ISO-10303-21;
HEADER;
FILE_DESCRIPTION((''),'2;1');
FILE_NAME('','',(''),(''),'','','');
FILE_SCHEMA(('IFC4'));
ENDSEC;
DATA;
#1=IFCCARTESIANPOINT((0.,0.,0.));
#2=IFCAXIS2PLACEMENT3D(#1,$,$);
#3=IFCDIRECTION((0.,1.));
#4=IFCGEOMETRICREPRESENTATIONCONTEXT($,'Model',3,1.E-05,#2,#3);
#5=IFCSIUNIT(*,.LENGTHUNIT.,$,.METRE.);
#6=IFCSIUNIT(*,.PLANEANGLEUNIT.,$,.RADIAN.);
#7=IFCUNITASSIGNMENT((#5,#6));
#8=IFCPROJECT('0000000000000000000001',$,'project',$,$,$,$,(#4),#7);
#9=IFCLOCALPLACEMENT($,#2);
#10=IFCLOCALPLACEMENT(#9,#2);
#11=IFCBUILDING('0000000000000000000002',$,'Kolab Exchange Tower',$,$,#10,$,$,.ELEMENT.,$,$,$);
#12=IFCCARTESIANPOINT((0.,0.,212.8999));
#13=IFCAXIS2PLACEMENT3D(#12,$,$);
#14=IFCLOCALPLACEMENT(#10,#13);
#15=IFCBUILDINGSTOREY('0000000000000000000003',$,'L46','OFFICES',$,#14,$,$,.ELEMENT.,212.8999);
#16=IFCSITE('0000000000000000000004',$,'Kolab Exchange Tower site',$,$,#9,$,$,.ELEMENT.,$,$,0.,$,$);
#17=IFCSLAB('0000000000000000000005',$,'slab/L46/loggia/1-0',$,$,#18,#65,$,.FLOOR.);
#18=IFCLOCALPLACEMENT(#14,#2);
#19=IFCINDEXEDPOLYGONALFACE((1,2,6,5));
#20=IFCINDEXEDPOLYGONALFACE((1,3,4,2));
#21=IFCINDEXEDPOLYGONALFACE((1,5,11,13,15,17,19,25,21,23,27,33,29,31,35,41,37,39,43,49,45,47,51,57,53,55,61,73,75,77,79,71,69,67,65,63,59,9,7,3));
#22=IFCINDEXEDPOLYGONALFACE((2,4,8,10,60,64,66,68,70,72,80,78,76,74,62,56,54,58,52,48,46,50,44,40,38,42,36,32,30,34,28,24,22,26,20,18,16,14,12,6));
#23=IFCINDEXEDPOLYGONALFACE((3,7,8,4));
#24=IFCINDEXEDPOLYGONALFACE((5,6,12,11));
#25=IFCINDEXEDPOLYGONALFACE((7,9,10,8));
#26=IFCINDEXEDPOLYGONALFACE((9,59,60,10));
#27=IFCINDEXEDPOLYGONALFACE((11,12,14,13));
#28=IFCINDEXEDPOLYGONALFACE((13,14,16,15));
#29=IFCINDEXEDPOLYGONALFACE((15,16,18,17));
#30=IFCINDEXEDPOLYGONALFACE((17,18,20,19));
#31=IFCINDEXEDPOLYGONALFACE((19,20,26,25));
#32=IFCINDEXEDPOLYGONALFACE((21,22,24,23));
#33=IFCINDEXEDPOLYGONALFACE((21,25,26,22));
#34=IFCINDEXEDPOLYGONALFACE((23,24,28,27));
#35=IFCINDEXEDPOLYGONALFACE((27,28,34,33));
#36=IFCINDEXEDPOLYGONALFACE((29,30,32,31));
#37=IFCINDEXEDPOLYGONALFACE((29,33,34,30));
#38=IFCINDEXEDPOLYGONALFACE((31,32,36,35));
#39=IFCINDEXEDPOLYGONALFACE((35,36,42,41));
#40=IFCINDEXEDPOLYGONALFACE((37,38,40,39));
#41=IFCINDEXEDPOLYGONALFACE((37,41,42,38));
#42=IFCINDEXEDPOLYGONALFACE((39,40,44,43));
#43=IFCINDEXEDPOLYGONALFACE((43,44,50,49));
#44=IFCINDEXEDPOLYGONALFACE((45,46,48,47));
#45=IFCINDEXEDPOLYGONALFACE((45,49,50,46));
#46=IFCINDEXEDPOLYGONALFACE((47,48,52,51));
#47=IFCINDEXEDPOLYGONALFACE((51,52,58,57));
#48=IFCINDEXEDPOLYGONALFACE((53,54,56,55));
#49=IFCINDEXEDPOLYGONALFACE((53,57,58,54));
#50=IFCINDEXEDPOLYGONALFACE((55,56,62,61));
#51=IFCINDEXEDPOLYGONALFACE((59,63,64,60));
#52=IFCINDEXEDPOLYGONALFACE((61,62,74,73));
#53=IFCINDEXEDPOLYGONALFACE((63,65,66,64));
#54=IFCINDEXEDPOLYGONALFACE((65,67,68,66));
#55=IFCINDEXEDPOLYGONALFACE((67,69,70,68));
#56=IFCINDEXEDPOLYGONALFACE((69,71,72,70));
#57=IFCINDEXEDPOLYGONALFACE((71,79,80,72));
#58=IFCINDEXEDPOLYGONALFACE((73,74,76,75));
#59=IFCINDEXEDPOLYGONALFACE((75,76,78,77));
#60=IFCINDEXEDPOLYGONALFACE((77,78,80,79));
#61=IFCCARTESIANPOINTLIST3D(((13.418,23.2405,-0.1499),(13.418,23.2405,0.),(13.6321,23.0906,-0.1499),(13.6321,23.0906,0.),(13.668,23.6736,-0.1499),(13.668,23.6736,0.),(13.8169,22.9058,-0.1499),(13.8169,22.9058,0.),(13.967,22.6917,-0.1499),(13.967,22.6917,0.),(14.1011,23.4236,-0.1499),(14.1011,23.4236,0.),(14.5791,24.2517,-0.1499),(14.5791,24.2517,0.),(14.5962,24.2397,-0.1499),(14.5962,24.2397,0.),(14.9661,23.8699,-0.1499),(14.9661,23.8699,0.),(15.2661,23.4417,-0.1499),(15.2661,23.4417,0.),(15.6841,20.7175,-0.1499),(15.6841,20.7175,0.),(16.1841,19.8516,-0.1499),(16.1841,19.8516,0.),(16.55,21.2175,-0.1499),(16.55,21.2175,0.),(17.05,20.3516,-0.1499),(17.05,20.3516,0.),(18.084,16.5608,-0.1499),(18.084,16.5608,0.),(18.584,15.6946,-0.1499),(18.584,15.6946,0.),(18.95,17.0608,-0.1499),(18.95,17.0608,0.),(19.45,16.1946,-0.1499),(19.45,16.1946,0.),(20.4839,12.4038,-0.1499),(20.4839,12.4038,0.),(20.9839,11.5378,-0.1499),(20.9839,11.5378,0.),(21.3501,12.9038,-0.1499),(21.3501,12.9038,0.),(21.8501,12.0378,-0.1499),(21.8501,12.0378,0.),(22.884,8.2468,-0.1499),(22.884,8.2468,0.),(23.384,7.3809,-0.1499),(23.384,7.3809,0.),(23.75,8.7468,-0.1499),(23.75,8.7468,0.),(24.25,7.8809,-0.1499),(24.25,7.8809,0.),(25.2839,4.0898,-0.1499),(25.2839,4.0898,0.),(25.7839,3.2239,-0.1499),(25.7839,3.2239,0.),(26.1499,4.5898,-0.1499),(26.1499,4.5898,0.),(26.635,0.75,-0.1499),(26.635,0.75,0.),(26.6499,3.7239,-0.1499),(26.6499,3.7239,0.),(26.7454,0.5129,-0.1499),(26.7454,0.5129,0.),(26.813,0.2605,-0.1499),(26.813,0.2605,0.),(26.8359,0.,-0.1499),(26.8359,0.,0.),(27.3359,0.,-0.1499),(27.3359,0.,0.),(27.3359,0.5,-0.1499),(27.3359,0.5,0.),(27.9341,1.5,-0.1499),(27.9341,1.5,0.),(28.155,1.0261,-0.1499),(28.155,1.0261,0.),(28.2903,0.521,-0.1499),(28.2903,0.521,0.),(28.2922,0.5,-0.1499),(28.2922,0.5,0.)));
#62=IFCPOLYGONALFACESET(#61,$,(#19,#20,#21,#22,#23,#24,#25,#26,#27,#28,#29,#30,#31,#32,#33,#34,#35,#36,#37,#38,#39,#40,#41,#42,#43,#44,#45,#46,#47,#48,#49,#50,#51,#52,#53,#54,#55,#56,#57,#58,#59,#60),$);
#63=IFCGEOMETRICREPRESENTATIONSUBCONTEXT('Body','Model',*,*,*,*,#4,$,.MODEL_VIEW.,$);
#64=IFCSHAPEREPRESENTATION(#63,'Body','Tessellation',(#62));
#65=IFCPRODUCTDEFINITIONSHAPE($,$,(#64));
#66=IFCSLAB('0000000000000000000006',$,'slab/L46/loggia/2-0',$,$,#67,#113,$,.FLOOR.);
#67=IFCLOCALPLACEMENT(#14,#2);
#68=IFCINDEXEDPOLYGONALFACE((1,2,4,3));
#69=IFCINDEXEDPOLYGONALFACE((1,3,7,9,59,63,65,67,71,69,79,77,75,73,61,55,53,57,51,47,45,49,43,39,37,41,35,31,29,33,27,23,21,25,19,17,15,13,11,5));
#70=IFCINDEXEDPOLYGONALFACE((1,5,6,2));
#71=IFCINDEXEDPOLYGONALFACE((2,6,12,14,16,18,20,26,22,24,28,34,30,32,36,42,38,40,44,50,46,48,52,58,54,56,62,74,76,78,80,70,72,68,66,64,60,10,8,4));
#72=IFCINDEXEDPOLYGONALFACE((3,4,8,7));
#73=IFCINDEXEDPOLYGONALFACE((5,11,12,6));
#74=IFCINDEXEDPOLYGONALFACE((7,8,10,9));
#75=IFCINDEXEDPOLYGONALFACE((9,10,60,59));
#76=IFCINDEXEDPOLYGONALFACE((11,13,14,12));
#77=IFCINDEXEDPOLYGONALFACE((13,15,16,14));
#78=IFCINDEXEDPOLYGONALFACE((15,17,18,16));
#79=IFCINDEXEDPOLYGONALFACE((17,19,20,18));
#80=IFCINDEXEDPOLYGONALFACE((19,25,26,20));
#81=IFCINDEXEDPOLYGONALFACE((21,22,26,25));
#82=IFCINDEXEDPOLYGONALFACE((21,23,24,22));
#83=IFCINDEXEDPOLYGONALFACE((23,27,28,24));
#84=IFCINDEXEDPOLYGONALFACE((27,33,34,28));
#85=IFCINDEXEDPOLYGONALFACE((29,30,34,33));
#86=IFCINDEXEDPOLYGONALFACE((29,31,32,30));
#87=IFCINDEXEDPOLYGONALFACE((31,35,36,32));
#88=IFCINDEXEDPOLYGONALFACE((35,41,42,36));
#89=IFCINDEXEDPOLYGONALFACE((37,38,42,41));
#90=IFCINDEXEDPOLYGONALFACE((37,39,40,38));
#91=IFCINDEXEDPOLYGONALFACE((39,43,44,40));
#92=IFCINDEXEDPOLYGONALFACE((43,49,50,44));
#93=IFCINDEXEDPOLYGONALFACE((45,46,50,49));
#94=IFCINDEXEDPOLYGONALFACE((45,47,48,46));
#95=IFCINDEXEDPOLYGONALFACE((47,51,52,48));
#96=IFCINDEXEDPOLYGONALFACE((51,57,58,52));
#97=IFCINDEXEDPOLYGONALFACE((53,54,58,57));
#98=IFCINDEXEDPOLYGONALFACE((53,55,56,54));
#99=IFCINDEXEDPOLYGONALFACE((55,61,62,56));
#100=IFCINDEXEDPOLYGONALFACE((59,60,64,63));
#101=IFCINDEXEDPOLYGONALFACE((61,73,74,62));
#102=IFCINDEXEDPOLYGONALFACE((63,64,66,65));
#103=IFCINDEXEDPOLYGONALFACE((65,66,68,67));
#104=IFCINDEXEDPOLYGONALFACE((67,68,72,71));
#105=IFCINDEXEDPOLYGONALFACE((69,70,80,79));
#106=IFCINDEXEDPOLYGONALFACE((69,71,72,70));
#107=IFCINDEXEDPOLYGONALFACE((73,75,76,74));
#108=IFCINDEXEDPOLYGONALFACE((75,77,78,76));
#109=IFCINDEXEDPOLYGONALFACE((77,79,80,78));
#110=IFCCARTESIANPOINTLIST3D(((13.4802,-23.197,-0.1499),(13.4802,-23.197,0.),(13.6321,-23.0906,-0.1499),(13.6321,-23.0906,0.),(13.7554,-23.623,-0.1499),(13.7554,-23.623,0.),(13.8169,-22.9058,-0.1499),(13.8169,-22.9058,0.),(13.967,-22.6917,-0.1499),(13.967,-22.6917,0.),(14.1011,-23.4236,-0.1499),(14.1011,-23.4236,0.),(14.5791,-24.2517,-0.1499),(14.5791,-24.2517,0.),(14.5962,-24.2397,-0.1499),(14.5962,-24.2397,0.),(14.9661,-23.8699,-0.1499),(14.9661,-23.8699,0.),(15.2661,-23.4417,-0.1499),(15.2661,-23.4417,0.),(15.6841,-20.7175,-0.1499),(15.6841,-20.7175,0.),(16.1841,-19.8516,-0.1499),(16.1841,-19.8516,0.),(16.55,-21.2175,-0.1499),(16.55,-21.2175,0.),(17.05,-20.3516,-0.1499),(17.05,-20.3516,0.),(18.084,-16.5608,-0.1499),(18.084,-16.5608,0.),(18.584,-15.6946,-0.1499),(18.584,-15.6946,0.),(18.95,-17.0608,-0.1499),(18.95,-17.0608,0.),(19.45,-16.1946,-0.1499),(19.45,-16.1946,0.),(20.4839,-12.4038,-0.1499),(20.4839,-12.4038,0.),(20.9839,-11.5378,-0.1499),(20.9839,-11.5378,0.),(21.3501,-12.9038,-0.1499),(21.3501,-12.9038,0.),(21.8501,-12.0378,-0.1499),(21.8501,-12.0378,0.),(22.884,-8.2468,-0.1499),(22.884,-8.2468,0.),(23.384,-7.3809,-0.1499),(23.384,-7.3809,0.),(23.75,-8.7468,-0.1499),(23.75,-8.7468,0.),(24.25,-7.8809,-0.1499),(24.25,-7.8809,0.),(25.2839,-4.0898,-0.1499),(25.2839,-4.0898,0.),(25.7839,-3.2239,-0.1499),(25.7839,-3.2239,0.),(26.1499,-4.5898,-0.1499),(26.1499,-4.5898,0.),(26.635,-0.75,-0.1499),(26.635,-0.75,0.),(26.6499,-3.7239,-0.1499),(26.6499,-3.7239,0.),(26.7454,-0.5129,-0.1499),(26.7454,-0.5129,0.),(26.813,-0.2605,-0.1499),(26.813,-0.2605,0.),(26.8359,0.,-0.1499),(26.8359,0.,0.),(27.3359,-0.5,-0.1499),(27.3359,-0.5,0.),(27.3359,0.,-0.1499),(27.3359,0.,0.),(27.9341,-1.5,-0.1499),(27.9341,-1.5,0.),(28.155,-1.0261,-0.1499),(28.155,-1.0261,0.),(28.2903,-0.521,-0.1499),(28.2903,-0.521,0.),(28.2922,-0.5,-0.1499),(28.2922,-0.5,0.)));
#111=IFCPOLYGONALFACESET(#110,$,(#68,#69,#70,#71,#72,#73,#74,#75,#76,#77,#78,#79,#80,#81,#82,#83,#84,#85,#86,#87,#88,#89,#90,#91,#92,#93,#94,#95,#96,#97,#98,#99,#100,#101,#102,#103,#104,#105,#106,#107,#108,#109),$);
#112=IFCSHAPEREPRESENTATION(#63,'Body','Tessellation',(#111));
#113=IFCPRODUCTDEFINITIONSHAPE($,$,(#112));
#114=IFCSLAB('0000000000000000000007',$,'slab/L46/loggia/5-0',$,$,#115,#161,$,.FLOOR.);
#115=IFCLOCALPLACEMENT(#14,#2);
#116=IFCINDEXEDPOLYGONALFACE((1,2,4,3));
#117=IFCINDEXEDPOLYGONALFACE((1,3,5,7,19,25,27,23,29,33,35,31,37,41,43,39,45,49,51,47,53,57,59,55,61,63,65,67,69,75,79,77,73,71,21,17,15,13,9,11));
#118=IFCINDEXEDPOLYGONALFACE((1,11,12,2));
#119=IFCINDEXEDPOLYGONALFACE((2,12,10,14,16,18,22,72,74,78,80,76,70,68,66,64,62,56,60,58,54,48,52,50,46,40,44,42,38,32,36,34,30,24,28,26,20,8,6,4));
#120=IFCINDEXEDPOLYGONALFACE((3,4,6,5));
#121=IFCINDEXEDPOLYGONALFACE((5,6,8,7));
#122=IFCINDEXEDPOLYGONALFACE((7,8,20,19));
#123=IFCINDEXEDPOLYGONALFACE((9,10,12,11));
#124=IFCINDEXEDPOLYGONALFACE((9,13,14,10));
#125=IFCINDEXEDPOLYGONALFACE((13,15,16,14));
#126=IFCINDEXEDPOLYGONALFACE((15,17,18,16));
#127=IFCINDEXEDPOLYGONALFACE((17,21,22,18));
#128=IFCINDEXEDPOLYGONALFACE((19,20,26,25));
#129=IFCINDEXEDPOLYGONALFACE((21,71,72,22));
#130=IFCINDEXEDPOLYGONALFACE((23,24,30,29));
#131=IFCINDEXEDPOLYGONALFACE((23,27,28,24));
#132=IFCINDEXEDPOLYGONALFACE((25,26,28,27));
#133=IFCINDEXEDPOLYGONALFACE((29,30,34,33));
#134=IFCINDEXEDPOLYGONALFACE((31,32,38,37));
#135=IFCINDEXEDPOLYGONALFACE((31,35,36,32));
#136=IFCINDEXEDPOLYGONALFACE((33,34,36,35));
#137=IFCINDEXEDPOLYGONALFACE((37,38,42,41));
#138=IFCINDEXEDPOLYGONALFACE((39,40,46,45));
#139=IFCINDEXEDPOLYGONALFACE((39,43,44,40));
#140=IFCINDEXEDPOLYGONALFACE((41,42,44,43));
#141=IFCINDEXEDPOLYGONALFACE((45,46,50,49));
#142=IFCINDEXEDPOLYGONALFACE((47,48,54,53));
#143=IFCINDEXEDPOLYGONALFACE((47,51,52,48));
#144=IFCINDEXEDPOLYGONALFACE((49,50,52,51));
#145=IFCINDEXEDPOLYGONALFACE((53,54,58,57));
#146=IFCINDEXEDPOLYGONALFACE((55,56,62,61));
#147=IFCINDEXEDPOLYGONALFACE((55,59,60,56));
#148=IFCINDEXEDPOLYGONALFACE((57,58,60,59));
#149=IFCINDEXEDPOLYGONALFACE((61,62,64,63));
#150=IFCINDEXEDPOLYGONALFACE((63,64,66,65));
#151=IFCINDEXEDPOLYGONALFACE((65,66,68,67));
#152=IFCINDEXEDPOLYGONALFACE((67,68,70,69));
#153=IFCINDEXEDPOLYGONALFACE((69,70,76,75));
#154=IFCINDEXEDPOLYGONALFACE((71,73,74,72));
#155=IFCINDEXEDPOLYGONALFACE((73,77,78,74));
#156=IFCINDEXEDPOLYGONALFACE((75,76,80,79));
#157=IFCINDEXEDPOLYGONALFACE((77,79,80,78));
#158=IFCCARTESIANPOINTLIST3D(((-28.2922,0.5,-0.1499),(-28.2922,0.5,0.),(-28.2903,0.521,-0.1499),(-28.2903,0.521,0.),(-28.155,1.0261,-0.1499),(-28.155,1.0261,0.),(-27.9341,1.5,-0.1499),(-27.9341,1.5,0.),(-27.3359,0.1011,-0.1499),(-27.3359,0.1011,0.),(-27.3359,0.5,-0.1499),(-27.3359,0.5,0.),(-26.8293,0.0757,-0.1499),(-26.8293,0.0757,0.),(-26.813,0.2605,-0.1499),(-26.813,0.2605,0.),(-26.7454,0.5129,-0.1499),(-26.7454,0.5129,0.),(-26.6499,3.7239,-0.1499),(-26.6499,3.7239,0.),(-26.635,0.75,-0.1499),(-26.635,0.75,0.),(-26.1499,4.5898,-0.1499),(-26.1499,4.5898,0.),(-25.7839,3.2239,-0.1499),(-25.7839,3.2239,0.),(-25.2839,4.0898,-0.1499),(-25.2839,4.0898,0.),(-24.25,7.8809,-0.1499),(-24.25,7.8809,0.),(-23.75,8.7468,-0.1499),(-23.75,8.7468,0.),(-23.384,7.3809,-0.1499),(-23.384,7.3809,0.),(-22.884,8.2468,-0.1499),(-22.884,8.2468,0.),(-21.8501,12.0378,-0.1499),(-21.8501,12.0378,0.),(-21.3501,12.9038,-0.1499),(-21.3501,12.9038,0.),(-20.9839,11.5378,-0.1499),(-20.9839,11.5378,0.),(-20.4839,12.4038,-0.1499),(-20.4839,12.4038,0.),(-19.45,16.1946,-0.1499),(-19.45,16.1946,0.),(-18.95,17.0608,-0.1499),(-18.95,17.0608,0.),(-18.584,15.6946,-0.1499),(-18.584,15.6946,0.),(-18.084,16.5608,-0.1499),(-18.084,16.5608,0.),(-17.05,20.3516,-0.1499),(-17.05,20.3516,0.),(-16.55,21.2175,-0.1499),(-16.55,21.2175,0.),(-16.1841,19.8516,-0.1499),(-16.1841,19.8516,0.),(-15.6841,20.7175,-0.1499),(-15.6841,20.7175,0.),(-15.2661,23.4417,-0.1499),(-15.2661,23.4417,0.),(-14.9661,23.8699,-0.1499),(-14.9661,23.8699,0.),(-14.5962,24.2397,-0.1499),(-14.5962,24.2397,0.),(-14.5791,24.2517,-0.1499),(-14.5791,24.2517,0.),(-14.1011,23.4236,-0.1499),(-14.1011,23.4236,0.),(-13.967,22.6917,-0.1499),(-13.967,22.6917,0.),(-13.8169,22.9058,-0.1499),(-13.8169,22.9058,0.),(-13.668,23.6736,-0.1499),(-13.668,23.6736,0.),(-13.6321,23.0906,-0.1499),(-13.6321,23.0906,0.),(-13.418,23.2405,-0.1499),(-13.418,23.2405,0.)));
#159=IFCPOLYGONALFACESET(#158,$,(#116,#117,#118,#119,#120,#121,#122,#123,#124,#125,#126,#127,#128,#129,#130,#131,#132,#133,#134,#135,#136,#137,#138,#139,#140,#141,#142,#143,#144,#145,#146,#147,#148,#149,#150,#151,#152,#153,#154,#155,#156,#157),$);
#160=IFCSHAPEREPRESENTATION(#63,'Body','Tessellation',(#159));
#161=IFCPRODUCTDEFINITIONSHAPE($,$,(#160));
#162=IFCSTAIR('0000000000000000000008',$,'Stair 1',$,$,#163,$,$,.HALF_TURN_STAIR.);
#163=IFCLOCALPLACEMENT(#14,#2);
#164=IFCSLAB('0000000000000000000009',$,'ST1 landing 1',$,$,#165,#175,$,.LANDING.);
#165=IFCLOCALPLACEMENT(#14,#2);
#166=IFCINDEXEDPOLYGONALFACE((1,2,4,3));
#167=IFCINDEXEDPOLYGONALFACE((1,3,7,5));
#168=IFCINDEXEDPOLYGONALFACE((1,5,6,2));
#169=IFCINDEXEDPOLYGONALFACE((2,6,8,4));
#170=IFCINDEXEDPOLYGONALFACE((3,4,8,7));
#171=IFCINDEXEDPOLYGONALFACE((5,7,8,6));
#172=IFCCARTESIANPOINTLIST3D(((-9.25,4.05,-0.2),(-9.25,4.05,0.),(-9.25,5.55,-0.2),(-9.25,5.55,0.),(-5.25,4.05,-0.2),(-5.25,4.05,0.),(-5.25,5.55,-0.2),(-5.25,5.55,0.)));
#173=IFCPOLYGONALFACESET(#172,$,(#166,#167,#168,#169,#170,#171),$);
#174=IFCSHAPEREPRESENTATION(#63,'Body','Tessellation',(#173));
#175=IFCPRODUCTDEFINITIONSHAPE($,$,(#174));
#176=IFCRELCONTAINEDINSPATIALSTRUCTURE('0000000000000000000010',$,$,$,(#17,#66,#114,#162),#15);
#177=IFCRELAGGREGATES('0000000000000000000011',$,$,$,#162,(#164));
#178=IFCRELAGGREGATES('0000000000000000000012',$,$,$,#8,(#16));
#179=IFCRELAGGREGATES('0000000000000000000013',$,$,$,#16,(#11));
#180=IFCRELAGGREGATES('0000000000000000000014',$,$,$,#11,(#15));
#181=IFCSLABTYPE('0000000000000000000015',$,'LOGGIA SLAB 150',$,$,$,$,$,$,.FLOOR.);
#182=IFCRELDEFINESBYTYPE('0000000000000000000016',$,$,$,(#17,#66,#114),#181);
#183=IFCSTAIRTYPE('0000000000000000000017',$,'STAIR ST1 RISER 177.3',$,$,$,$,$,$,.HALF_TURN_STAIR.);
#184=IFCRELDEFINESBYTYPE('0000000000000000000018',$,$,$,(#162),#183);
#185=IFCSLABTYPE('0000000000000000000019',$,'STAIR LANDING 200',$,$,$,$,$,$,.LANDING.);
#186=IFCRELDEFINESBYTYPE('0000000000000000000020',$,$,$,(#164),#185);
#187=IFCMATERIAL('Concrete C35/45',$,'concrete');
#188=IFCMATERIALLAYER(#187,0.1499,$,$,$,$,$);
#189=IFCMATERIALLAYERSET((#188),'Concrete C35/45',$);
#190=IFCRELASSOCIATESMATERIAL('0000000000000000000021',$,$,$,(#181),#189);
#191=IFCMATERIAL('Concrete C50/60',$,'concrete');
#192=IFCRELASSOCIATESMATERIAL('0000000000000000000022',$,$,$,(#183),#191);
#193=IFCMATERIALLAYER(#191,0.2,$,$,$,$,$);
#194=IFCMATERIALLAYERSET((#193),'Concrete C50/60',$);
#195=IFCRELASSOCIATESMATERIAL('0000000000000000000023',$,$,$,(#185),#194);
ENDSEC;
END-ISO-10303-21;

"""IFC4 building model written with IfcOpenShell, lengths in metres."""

from ifc_helpers import new_model, si_unit, direction, frame, origin, place, context, subcontext, project, spatial, polyline, outline, extrude, material, layer, layer_set, type_object, element, aggregate, save


model = new_model("IFC4")

# Units and contexts
model_context = context("Model", 3, precision=1e-05, world=origin(), true_north=direction((0.0, 1.0)))
body_context = subcontext(model_context, "Body", "Model", "MODEL_VIEW")
ifc_project = project(units=[si_unit("LENGTHUNIT", "METRE"), si_unit("PLANEANGLEUNIT", "RADIAN")], contexts=[model_context])

# Site, building, storey
site_placement = place(None, origin())
site = spatial("IfcSite", under=ifc_project, at=site_placement, Name="Kolab Exchange Tower site", CompositionType="ELEMENT", RefElevation=0.0)
building_placement = place(site_placement, origin())
building = spatial("IfcBuilding", under=site, at=building_placement, Name="Kolab Exchange Tower", CompositionType="ELEMENT")
storey_placement = place(building_placement, frame((0.0, 0.0, 212.8999)))
storey = spatial("IfcBuildingStorey", under=building, at=storey_placement, Name="L46", Description="OFFICES", CompositionType="ELEMENT", Elevation=212.8999)

# Slabs
ifc_material_1 = material(Name="Concrete C35/45", Category="concrete")
ifc_layer_1 = layer(ifc_material_1, 0.1499)
ifc_layer_set_1 = layer_set([ifc_layer_1], Name="Concrete C35/45")
slab_type_1 = type_object("IfcSlabType", Name="LOGGIA SLAB 150", PredefinedType="FLOOR", material=ifc_layer_set_1)
slab_1_placement = place(storey_placement, frame((0.0, 0.0, -0.1499)))
element("IfcSlab", 1, at=slab_1_placement, inside=storey, type_object=slab_type_1, Name="slab/L46/loggia/1-0", PredefinedType="FLOOR", context=body_context, shape_type="SweptSolid", body=[
    extrude(outline(polyline([(26.813, 0.2605), (26.8359, 0.0), (27.3359, 0.0), (27.3359, 0.5), (28.2922, 0.5), (28.2903, 0.521), (28.155, 1.0261), (27.9341, 1.5), (26.6499, 3.7239), (25.7839, 3.2239), (25.2839, 4.0898), (26.1499, 4.5898), (24.25, 7.8809), (23.384, 7.3809), (22.884, 8.2468), (23.75, 8.7468), (21.8501, 12.0378), (20.9839, 11.5378), (20.4839, 12.4038), (21.3501, 12.9038), (19.45, 16.1946), (18.584, 15.6946), (18.084, 16.5608), (18.95, 17.0608), (17.05, 20.3516), (16.1841, 19.8516), (15.6841, 20.7175), (16.55, 21.2175), (15.2661, 23.4417), (14.9661, 23.8699), (14.5962, 24.2397), (14.5791, 24.2517), (14.1011, 23.4236), (13.668, 23.6736), (13.418, 23.2405), (13.6321, 23.0906), (13.8169, 22.9058), (13.967, 22.6917), (26.635, 0.75), (26.7454, 0.5129), (26.813, 0.2605)])), origin(), (0.0, 0.0, 1.0), 0.1499),
])
slab_2_placement = place(storey_placement, frame((0.0, 0.0, -0.1499)))
element("IfcSlab", 2, at=slab_2_placement, inside=storey, type_object=slab_type_1, Name="slab/L46/loggia/2-0", PredefinedType="FLOOR", context=body_context, shape_type="SweptSolid", body=[
    extrude(outline(polyline([(14.9661, -23.8699), (15.2661, -23.4417), (16.55, -21.2175), (15.6841, -20.7175), (16.1841, -19.8516), (17.05, -20.3516), (18.95, -17.0608), (18.084, -16.5608), (18.584, -15.6946), (19.45, -16.1946), (21.3501, -12.9038), (20.4839, -12.4038), (20.9839, -11.5378), (21.8501, -12.0378), (23.75, -8.7468), (22.884, -8.2468), (23.384, -7.3809), (24.25, -7.8809), (26.1499, -4.5898), (25.2839, -4.0898), (25.7839, -3.2239), (26.6499, -3.7239), (27.9341, -1.5), (28.155, -1.0261), (28.2903, -0.521), (28.2922, -0.5), (27.3359, -0.5), (27.3359, 0.0), (26.8359, 0.0), (26.813, -0.2605), (26.7454, -0.5129), (26.635, -0.75), (13.967, -22.6917), (13.8169, -22.9058), (13.6321, -23.0906), (13.4802, -23.197), (13.7554, -23.623), (14.1011, -23.4236), (14.5791, -24.2517), (14.5962, -24.2397), (14.9661, -23.8699)])), origin(), (0.0, 0.0, 1.0), 0.1499),
])
slab_3_placement = place(storey_placement, frame((0.0, 0.0, -0.1499)))
element("IfcSlab", 3, at=slab_3_placement, inside=storey, type_object=slab_type_1, Name="slab/L46/loggia/5-0", PredefinedType="FLOOR", context=body_context, shape_type="SweptSolid", body=[
    extrude(outline(polyline([(-13.6321, 23.0906), (-13.418, 23.2405), (-13.668, 23.6736), (-14.1011, 23.4236), (-14.5791, 24.2517), (-14.5962, 24.2397), (-14.9661, 23.8699), (-15.2661, 23.4417), (-16.55, 21.2175), (-15.6841, 20.7175), (-16.1841, 19.8516), (-17.05, 20.3516), (-18.95, 17.0608), (-18.084, 16.5608), (-18.584, 15.6946), (-19.45, 16.1946), (-21.3501, 12.9038), (-20.4839, 12.4038), (-20.9839, 11.5378), (-21.8501, 12.0378), (-23.75, 8.7468), (-22.884, 8.2468), (-23.384, 7.3809), (-24.25, 7.8809), (-26.1499, 4.5898), (-25.2839, 4.0898), (-25.7839, 3.2239), (-26.6499, 3.7239), (-27.9341, 1.5), (-28.155, 1.0261), (-28.2903, 0.521), (-28.2922, 0.5), (-27.3359, 0.5), (-27.3359, 0.1011), (-26.8293, 0.0757), (-26.813, 0.2605), (-26.7454, 0.5129), (-26.635, 0.75), (-13.967, 22.6917), (-13.8169, 22.9058), (-13.6321, 23.0906)])), origin(), (0.0, 0.0, 1.0), 0.1499),
])

# Stair, slab
ifc_material_2 = material(Name="Concrete C50/60", Category="concrete")
stair_type_1 = type_object("IfcStairType", Name="STAIR ST1 RISER 177.3", PredefinedType="HALF_TURN_STAIR", material=ifc_material_2)
stair_1_placement = place(storey_placement, origin())
stair_1 = element("IfcStair", 4, at=stair_1_placement, inside=storey, type_object=stair_type_1, Name="Stair 1", PredefinedType="HALF_TURN_STAIR")
ifc_layer_2 = layer(ifc_material_2, 0.2)
ifc_layer_set_2 = layer_set([ifc_layer_2], Name="Concrete C50/60")
slab_type_2 = type_object("IfcSlabType", Name="STAIR LANDING 200", PredefinedType="LANDING", material=ifc_layer_set_2)
slab_4_placement = place(storey_placement, frame((0.0, 0.0, -0.2)))
slab_4 = element("IfcSlab", 5, at=slab_4_placement, type_object=slab_type_2, Name="ST1 landing 1", PredefinedType="LANDING", context=body_context, shape_type="SweptSolid", body=[
    extrude(outline(polyline([(-9.25, 4.05), (-5.25, 4.05), (-5.25, 5.55), (-9.25, 5.55), (-9.25, 4.05)])), origin(), (0.0, 0.0, 1.0), 0.2),
])
aggregate(stair_1, [slab_4])

save(model, "model.ifc")
